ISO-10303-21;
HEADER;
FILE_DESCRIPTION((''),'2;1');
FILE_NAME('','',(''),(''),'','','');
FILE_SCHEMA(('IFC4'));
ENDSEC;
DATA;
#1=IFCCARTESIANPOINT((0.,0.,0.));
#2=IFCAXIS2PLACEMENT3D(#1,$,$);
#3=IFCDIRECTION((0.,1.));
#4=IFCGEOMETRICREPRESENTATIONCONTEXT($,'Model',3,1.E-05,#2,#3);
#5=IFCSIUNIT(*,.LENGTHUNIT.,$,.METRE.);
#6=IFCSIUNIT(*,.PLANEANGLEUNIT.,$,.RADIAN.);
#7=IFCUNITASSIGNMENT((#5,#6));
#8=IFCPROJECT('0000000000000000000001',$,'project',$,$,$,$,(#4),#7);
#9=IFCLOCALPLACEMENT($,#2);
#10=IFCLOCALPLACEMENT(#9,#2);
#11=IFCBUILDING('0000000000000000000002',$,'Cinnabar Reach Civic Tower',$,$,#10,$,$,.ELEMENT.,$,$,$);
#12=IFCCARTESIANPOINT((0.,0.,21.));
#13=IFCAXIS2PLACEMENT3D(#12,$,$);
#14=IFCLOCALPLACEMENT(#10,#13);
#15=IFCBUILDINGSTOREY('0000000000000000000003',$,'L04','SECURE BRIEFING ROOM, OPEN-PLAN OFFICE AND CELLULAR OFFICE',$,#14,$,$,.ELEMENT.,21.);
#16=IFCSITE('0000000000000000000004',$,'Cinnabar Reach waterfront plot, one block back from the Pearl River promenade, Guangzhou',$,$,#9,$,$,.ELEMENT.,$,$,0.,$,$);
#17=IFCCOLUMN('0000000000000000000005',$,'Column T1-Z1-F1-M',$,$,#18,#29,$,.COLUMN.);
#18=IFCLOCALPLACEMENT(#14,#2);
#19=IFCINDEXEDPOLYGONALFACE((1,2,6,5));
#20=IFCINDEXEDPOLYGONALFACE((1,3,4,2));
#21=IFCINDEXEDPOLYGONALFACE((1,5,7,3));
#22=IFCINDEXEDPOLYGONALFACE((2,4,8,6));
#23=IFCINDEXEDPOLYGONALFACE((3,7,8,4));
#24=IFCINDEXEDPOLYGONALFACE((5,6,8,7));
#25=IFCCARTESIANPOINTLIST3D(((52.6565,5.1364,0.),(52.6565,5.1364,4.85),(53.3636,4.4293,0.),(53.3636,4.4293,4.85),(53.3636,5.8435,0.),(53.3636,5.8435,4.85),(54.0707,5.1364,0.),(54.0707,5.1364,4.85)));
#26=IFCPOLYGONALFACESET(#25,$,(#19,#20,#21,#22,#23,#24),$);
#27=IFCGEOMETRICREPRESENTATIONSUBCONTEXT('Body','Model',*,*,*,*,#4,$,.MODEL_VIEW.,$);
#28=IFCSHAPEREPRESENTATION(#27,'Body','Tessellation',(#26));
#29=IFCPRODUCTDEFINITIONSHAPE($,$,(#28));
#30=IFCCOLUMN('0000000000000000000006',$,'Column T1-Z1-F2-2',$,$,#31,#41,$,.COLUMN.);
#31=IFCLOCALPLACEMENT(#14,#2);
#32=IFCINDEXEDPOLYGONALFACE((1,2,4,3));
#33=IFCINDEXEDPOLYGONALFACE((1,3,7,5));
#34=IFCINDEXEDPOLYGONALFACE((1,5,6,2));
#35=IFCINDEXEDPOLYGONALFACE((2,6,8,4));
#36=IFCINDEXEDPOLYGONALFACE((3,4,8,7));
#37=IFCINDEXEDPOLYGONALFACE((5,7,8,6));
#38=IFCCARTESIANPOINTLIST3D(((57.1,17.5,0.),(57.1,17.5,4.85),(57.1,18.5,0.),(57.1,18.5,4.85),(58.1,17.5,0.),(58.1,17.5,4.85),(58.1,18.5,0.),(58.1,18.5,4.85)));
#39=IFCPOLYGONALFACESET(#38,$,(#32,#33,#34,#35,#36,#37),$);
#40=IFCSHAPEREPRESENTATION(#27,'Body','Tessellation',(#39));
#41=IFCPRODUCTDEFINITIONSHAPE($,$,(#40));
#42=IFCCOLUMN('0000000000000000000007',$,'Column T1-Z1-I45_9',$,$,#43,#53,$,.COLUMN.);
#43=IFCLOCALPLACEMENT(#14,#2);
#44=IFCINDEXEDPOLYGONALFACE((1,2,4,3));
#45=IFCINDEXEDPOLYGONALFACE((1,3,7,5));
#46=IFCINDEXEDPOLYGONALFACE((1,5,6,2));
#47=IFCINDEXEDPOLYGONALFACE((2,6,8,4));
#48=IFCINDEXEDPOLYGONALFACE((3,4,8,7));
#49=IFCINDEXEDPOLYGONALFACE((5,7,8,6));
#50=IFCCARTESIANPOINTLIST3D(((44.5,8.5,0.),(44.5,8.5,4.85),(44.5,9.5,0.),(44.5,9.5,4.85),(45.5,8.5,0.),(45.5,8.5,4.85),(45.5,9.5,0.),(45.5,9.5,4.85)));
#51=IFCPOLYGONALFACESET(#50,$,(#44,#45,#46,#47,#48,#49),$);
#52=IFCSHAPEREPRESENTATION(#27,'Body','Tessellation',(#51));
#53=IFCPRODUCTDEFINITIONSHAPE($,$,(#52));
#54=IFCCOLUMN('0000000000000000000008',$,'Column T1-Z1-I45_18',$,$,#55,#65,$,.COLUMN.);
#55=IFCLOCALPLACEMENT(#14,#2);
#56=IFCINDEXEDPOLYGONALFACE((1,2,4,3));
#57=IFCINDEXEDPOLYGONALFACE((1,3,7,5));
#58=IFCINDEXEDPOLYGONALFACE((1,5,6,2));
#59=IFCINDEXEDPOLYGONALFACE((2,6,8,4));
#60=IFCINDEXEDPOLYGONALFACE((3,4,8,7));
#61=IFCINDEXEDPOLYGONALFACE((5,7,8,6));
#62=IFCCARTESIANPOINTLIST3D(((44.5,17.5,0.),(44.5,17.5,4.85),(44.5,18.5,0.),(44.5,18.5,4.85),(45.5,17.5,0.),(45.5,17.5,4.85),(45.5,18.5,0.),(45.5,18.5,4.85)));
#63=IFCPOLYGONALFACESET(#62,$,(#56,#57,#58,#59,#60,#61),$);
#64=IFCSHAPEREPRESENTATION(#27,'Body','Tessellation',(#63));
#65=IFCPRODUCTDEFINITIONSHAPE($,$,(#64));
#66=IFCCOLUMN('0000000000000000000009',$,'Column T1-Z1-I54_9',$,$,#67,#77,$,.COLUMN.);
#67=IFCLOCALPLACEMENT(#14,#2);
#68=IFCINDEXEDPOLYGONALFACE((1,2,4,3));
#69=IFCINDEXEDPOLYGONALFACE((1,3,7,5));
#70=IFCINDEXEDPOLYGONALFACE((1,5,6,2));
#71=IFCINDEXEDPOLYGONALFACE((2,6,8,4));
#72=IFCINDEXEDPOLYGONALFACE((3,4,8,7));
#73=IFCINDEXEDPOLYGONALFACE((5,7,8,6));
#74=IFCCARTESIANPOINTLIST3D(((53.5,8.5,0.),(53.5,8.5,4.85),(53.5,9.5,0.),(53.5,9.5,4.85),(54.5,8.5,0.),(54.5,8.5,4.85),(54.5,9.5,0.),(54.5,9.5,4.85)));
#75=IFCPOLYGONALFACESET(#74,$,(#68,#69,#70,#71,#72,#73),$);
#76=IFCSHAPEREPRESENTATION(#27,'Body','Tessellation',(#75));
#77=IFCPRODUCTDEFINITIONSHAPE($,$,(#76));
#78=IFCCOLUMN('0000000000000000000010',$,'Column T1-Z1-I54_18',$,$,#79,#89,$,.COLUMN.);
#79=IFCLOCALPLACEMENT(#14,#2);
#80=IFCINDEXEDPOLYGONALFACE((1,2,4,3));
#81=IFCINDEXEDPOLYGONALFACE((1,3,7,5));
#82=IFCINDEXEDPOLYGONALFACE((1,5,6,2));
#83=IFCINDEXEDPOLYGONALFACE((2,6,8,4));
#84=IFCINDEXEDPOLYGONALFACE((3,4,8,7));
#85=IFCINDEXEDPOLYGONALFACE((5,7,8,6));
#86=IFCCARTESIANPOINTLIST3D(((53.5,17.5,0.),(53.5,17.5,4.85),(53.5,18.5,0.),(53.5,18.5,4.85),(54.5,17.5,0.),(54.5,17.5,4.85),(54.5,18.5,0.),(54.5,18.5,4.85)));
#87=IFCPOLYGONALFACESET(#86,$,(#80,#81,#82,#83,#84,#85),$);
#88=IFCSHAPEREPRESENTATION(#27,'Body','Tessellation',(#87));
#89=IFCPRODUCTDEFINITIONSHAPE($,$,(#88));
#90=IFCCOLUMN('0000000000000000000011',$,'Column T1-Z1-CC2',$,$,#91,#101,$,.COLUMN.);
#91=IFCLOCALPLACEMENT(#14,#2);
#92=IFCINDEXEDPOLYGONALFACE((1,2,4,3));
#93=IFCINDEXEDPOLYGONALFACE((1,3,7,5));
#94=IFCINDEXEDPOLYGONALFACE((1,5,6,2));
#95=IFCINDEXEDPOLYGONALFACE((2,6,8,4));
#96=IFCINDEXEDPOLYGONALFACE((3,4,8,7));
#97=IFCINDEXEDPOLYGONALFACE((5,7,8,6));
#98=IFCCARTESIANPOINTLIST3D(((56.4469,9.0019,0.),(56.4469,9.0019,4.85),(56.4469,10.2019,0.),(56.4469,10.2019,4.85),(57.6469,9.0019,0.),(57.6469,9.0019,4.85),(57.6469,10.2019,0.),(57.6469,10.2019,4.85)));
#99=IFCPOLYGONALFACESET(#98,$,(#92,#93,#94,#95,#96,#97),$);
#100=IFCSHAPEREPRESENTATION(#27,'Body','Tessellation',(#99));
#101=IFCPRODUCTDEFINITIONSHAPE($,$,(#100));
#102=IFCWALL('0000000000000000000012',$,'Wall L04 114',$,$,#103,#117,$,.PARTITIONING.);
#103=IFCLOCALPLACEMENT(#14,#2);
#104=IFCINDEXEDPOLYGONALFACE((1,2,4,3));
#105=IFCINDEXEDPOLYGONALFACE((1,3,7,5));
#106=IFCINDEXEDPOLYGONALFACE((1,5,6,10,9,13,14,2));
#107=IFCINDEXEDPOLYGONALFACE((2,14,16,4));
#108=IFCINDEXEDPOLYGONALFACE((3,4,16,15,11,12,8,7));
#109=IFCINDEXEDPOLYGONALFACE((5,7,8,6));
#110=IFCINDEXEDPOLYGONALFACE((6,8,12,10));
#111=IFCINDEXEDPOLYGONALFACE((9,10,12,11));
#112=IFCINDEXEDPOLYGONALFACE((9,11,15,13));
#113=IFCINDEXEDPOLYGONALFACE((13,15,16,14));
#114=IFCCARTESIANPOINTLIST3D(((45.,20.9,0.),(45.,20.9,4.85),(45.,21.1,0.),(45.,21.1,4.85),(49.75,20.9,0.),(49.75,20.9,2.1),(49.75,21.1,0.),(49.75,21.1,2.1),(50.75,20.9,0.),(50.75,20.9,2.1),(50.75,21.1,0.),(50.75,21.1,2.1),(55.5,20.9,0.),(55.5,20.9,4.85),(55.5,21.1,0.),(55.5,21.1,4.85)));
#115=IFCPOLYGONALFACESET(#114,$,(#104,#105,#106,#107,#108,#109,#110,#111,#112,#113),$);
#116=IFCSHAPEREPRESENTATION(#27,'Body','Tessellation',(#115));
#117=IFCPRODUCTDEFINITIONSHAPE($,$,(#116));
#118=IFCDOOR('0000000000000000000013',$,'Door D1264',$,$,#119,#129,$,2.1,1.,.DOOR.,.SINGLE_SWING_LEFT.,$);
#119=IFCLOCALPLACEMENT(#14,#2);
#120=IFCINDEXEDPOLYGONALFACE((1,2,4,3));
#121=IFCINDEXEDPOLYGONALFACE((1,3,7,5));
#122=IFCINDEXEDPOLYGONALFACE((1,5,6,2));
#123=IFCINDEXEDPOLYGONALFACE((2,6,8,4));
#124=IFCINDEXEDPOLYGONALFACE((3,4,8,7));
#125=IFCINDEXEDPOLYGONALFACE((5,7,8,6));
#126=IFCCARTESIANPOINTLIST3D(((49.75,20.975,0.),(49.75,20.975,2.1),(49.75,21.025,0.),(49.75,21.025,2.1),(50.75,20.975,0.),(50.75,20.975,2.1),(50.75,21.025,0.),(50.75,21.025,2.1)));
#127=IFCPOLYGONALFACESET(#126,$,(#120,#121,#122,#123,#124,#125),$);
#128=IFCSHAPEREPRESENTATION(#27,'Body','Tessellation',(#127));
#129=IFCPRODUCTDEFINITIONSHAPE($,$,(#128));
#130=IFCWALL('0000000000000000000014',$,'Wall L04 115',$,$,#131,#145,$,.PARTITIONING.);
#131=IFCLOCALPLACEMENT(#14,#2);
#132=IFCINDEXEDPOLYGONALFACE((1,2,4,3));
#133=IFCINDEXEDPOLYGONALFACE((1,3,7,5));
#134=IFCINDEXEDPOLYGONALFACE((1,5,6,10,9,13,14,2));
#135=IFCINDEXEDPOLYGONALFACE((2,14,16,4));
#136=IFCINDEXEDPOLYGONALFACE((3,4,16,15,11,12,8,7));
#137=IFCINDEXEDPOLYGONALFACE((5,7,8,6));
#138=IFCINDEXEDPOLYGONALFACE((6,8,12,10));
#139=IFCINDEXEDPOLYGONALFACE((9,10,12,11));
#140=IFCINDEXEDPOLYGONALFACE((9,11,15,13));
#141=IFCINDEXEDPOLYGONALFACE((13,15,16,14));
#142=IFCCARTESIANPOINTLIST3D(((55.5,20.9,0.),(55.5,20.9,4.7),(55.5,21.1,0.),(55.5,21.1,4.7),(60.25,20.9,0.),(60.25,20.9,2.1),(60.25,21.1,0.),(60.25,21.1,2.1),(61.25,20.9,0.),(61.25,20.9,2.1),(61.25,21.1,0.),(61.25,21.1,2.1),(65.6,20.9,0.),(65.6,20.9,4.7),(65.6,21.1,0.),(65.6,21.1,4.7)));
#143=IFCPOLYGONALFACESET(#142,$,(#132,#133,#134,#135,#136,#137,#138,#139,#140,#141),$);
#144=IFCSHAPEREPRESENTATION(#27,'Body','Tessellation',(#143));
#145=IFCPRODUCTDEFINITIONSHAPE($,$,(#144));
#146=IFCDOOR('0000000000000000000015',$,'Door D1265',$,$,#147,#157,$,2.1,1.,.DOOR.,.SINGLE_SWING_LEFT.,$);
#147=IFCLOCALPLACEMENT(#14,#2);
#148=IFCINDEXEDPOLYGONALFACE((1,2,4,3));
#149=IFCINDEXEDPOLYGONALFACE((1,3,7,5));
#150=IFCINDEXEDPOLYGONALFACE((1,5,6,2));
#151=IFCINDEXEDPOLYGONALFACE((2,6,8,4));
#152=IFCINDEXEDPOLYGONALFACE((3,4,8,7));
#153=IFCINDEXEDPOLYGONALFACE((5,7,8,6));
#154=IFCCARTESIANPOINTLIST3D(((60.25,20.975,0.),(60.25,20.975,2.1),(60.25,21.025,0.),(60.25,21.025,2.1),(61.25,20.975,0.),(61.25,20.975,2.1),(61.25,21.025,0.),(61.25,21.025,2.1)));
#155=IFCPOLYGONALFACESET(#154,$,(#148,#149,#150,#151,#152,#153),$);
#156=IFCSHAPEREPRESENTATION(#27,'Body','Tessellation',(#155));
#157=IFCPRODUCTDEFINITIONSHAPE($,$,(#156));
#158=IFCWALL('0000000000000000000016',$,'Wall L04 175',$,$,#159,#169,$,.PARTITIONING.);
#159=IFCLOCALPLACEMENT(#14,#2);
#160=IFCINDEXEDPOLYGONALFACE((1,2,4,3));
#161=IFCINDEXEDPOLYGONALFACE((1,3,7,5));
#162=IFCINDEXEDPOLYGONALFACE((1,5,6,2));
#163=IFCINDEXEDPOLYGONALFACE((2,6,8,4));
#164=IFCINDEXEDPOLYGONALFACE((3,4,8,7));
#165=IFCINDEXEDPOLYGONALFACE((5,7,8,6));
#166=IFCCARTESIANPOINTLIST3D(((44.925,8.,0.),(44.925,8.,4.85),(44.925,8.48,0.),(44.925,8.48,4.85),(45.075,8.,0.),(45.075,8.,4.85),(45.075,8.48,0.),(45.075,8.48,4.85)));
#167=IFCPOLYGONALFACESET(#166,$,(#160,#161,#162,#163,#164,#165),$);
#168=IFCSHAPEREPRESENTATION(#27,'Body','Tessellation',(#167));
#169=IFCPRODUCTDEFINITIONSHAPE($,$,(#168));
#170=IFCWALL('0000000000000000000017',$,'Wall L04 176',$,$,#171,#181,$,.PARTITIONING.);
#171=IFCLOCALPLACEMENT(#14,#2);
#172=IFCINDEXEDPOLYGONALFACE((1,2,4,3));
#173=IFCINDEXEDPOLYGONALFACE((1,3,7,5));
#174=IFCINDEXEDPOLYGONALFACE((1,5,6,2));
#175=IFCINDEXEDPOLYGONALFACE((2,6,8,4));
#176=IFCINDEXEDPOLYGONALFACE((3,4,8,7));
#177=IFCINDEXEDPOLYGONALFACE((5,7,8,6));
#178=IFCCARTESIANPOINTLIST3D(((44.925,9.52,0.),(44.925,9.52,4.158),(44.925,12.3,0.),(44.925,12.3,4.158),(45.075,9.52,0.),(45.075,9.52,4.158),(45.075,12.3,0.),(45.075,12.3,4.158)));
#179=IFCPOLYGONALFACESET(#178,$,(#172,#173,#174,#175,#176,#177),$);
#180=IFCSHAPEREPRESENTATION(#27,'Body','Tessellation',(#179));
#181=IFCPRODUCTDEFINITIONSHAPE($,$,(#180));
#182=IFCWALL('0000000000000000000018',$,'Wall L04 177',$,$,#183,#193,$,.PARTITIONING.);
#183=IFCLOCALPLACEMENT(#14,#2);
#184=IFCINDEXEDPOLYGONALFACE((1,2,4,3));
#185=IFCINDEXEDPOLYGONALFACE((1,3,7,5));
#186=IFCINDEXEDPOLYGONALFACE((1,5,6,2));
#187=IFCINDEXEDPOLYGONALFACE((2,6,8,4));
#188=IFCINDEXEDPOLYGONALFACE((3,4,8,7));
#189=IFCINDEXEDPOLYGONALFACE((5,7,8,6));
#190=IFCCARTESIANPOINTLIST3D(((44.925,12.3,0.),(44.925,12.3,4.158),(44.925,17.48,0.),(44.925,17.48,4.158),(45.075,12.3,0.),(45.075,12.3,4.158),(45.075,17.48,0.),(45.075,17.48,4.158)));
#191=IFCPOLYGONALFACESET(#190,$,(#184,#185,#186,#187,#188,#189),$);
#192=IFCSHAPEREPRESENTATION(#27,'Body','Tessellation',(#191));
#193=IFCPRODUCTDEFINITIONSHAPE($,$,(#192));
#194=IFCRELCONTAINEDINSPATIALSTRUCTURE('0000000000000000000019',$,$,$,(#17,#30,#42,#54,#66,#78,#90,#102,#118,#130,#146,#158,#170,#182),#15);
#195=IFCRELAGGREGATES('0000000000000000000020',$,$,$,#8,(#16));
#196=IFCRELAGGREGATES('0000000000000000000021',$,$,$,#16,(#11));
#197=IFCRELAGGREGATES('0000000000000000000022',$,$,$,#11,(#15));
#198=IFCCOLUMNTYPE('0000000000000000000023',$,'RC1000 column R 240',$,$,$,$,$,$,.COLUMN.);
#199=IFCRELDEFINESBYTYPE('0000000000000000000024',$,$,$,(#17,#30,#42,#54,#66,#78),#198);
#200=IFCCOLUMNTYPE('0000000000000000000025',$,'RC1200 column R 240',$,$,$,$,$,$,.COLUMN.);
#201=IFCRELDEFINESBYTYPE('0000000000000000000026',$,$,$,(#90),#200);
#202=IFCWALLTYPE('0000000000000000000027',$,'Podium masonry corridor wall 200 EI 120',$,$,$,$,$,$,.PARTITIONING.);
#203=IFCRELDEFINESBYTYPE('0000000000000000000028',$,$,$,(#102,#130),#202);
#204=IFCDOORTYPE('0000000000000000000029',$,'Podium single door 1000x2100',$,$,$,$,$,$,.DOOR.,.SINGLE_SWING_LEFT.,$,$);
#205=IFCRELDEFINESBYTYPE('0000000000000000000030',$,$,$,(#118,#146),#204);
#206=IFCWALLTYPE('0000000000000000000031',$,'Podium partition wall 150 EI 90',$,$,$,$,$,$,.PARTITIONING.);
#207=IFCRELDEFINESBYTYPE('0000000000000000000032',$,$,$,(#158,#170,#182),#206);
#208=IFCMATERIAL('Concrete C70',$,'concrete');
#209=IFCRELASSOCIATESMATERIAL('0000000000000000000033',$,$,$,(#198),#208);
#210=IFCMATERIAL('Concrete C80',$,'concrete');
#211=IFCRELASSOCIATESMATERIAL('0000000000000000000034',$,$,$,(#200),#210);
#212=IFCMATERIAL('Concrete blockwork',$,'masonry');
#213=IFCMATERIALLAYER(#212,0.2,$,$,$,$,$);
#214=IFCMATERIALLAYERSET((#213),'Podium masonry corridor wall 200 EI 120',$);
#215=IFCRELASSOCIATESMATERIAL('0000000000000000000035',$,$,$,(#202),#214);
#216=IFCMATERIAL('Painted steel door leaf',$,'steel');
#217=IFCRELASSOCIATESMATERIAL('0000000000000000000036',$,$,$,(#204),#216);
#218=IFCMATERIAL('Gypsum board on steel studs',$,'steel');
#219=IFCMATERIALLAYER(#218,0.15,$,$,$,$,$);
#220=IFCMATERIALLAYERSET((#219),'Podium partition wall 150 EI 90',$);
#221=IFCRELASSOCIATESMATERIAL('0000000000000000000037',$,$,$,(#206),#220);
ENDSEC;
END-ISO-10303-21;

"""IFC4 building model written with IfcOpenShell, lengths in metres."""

from ifc_helpers import new_model, si_unit, direction, frame, frame_2d, origin, origin_2d, place, context, subcontext, project, spatial, rectangle, extrude, material, layer, layer_set, material_profile, profile_set, type_object, element, fill, save


model = new_model("IFC4")

# Units and contexts
model_context = context("Model", 3, precision=1e-05, world=origin(), true_north=direction((0.0, 1.0)))
body_context = subcontext(model_context, "Body", "Model", "MODEL_VIEW")
ifc_project = project(units=[si_unit("LENGTHUNIT", "METRE"), si_unit("PLANEANGLEUNIT", "RADIAN")], contexts=[model_context])

# Site, building, storey
site_placement = place(None, origin())
site = spatial("IfcSite", under=ifc_project, at=site_placement, Name="Cinnabar Reach waterfront plot, one block back from the Pearl River promenade, Guangzhou", CompositionType="ELEMENT", RefElevation=0.0)
building_placement = place(site_placement, origin())
building = spatial("IfcBuilding", under=site, at=building_placement, Name="Cinnabar Reach Civic Tower", CompositionType="ELEMENT")
storey_placement = place(building_placement, frame((0.0, 0.0, 21.0)))
storey = spatial("IfcBuildingStorey", under=building, at=storey_placement, Name="L04", Description="SECURE BRIEFING ROOM, OPEN-PLAN OFFICE AND CELLULAR OFFICE", CompositionType="ELEMENT", Elevation=21.0)

# Columns
ifc_material_1 = material(Name="Concrete C70", Category="concrete")
ifc_material_profile_1 = material_profile(ifc_material_1, rectangle(XDim=1.0, YDim=1.0, at=origin_2d()), Name="RC1000")
ifc_profile_set_1 = profile_set([ifc_material_profile_1], Name="Concrete C70")
column_type_1 = type_object("IfcColumnType", Name="RC1000 column R 240", PredefinedType="COLUMN", material=ifc_profile_set_1)
for number, where, z_axis, x_axis, name in (
    (1, (53.3636, 5.1364, 0.0), (0.0, 0.0, 1.0), (0.707107, 0.707107, 0.0), "Column T1-Z1-F1-M"),
    (2, (57.6, 18.0, 0.0), (0.0, 0.0, 1.0), (1.0, 0.0, 0.0), "Column T1-Z1-F2-2"),
    (3, (45.0, 9.0, 0.0), (0.0, 0.0, 1.0), (1.0, 0.0, 0.0), "Column T1-Z1-I45_9"),
    (4, (45.0, 18.0, 0.0), (0.0, 0.0, 1.0), (1.0, 0.0, 0.0), "Column T1-Z1-I45_18"),
    (5, (54.0, 9.0, 0.0), (0.0, 0.0, 1.0), (1.0, 0.0, 0.0), "Column T1-Z1-I54_9"),
    (6, (54.0, 18.0, 0.0), (0.0, 0.0, 1.0), (1.0, 0.0, 0.0), "Column T1-Z1-I54_18"),
):
    element("IfcColumn", number, at=place(storey_placement, frame(where, z_axis=z_axis, x_axis=x_axis)), inside=storey, type_object=column_type_1, Name=name, PredefinedType="COLUMN", context=body_context, shape_type="SweptSolid", body=[
        extrude(rectangle(XDim=1.0, YDim=1.0, at=origin_2d()), origin(), (0.0, 0.0, 1.0), 4.85),
    ])
ifc_material_2 = material(Name="Concrete C80", Category="concrete")
ifc_material_profile_2 = material_profile(ifc_material_2, rectangle(XDim=1.2, YDim=1.2, at=origin_2d()), Name="RC1200")
ifc_profile_set_2 = profile_set([ifc_material_profile_2], Name="Concrete C80")
column_type_2 = type_object("IfcColumnType", Name="RC1200 column R 240", PredefinedType="COLUMN", material=ifc_profile_set_2)
column_placement = place(storey_placement, frame((57.0469, 9.6019, 0.0), z_axis=(0.0, 0.0, 1.0), x_axis=(1.0, 0.0, 0.0)))
element("IfcColumn", 7, at=column_placement, inside=storey, type_object=column_type_2, Name="Column T1-Z1-CC2", PredefinedType="COLUMN", context=body_context, shape_type="SweptSolid", body=[
    extrude(rectangle(XDim=1.2, YDim=1.2, at=origin_2d()), origin(), (0.0, 0.0, 1.0), 4.85),
])

# Walls, openings, doors
ifc_material_3 = material(Name="Concrete blockwork", Category="masonry")
ifc_layer_1 = layer(ifc_material_3, 0.2)
ifc_layer_set_1 = layer_set([ifc_layer_1], Name="Podium masonry corridor wall 200 EI 120")
wall_type_1 = type_object("IfcWallType", Name="Podium masonry corridor wall 200 EI 120", PredefinedType="PARTITIONING", material=ifc_layer_set_1)
wall_1_placement = place(storey_placement, frame((45.0, 21.0, 0.0), z_axis=(0.0, 0.0, 1.0), x_axis=(1.0, 0.0, 0.0)))
wall_1 = element("IfcWall", 8, at=wall_1_placement, inside=storey, type_object=wall_type_1, Name="Wall L04 114", PredefinedType="PARTITIONING", context=body_context, shape_type="SweptSolid", body=[
    extrude(rectangle(XDim=10.5, YDim=0.2, at=frame_2d((5.25, 0.0))), origin(), (0.0, 0.0, 1.0), 4.85),
])
opening_1_placement = place(wall_1_placement, frame((4.75, 0.0, 0.0)))
opening_1 = element("IfcOpeningElement", 9, at=opening_1_placement, cuts=wall_1, PredefinedType="OPENING", context=body_context, shape_type="SweptSolid", body=[
    extrude(rectangle(XDim=1.0, YDim=2.1, at=frame_2d((0.5, 1.05))), frame((0.0, 0.11, 0.0), z_axis=(0.0, -1.0, 0.0), x_axis=(1.0, 0.0, 0.0)), (0.0, 0.0, 1.0), 0.22),
])
ifc_material_4 = material(Name="Painted steel door leaf", Category="steel")
door_type = type_object("IfcDoorType", Name="Podium single door 1000x2100", OperationType="SINGLE_SWING_LEFT", PredefinedType="DOOR", material=ifc_material_4)
door_1_placement = place(opening_1_placement, frame((1.0, 0.0, 0.0), z_axis=(0.0, 0.0, 1.0), x_axis=(-1.0, 0.0, 0.0)))
door_1 = element("IfcDoor", 10, at=door_1_placement, inside=storey, type_object=door_type, Name="Door D1264", OperationType="SINGLE_SWING_LEFT", OverallHeight=2.1, OverallWidth=1.0, PredefinedType="DOOR", context=body_context, shape_type="SweptSolid", body=[
    extrude(rectangle(XDim=1.0, YDim=2.1, at=frame_2d((0.5, 1.05))), frame((0.0, 0.025, 0.0), z_axis=(0.0, -1.0, 0.0), x_axis=(1.0, 0.0, 0.0)), (0.0, 0.0, 1.0), 0.05),
])
fill(opening_1, door_1)
wall_2_placement = place(storey_placement, frame((55.5, 21.0, 0.0), z_axis=(0.0, 0.0, 1.0), x_axis=(1.0, 0.0, 0.0)))
wall_2 = element("IfcWall", 11, at=wall_2_placement, inside=storey, type_object=wall_type_1, Name="Wall L04 115", PredefinedType="PARTITIONING", context=body_context, shape_type="SweptSolid", body=[
    extrude(rectangle(XDim=10.1, YDim=0.2, at=frame_2d((5.05, 0.0))), origin(), (0.0, 0.0, 1.0), 4.7),
])
opening_2_placement = place(wall_2_placement, frame((4.75, 0.0, 0.0)))
opening_2 = element("IfcOpeningElement", 12, at=opening_2_placement, cuts=wall_2, PredefinedType="OPENING", context=body_context, shape_type="SweptSolid", body=[
    extrude(rectangle(XDim=1.0, YDim=2.1, at=frame_2d((0.5, 1.05))), frame((0.0, 0.11, 0.0), z_axis=(0.0, -1.0, 0.0), x_axis=(1.0, 0.0, 0.0)), (0.0, 0.0, 1.0), 0.22),
])
door_2_placement = place(opening_2_placement, frame((1.0, 0.0, 0.0), z_axis=(0.0, 0.0, 1.0), x_axis=(-1.0, 0.0, 0.0)))
door_2 = element("IfcDoor", 13, at=door_2_placement, inside=storey, type_object=door_type, Name="Door D1265", OperationType="SINGLE_SWING_LEFT", OverallHeight=2.1, OverallWidth=1.0, PredefinedType="DOOR", context=body_context, shape_type="SweptSolid", body=[
    extrude(rectangle(XDim=1.0, YDim=2.1, at=frame_2d((0.5, 1.05))), frame((0.0, 0.025, 0.0), z_axis=(0.0, -1.0, 0.0), x_axis=(1.0, 0.0, 0.0)), (0.0, 0.0, 1.0), 0.05),
])
fill(opening_2, door_2)

# Walls
ifc_material_5 = material(Name="Gypsum board on steel studs", Category="steel")
ifc_layer_2 = layer(ifc_material_5, 0.15)
ifc_layer_set_2 = layer_set([ifc_layer_2], Name="Podium partition wall 150 EI 90")
wall_type_2 = type_object("IfcWallType", Name="Podium partition wall 150 EI 90", PredefinedType="PARTITIONING", material=ifc_layer_set_2)
wall_3_placement = place(storey_placement, frame((45.0, 8.0, 0.0), z_axis=(0.0, 0.0, 1.0), x_axis=(0.0, 1.0, 0.0)))
element("IfcWall", 14, at=wall_3_placement, inside=storey, type_object=wall_type_2, Name="Wall L04 175", PredefinedType="PARTITIONING", context=body_context, shape_type="SweptSolid", body=[
    extrude(rectangle(XDim=0.48, YDim=0.15, at=frame_2d((0.24, 0.0))), origin(), (0.0, 0.0, 1.0), 4.85),
])
wall_4_placement = place(storey_placement, frame((45.0, 9.52, 0.0), z_axis=(0.0, 0.0, 1.0), x_axis=(0.0, 1.0, 0.0)))
element("IfcWall", 15, at=wall_4_placement, inside=storey, type_object=wall_type_2, Name="Wall L04 176", PredefinedType="PARTITIONING", context=body_context, shape_type="SweptSolid", body=[
    extrude(rectangle(XDim=2.78, YDim=0.15, at=frame_2d((1.39, 0.0))), origin(), (0.0, 0.0, 1.0), 4.158),
])
wall_5_placement = place(storey_placement, frame((45.0, 12.3, 0.0), z_axis=(0.0, 0.0, 1.0), x_axis=(0.0, 1.0, 0.0)))
element("IfcWall", 16, at=wall_5_placement, inside=storey, type_object=wall_type_2, Name="Wall L04 177", PredefinedType="PARTITIONING", context=body_context, shape_type="SweptSolid", body=[
    extrude(rectangle(XDim=5.18, YDim=0.15, at=frame_2d((2.59, 0.0))), origin(), (0.0, 0.0, 1.0), 4.158),
])

save(model, "model.ifc")
